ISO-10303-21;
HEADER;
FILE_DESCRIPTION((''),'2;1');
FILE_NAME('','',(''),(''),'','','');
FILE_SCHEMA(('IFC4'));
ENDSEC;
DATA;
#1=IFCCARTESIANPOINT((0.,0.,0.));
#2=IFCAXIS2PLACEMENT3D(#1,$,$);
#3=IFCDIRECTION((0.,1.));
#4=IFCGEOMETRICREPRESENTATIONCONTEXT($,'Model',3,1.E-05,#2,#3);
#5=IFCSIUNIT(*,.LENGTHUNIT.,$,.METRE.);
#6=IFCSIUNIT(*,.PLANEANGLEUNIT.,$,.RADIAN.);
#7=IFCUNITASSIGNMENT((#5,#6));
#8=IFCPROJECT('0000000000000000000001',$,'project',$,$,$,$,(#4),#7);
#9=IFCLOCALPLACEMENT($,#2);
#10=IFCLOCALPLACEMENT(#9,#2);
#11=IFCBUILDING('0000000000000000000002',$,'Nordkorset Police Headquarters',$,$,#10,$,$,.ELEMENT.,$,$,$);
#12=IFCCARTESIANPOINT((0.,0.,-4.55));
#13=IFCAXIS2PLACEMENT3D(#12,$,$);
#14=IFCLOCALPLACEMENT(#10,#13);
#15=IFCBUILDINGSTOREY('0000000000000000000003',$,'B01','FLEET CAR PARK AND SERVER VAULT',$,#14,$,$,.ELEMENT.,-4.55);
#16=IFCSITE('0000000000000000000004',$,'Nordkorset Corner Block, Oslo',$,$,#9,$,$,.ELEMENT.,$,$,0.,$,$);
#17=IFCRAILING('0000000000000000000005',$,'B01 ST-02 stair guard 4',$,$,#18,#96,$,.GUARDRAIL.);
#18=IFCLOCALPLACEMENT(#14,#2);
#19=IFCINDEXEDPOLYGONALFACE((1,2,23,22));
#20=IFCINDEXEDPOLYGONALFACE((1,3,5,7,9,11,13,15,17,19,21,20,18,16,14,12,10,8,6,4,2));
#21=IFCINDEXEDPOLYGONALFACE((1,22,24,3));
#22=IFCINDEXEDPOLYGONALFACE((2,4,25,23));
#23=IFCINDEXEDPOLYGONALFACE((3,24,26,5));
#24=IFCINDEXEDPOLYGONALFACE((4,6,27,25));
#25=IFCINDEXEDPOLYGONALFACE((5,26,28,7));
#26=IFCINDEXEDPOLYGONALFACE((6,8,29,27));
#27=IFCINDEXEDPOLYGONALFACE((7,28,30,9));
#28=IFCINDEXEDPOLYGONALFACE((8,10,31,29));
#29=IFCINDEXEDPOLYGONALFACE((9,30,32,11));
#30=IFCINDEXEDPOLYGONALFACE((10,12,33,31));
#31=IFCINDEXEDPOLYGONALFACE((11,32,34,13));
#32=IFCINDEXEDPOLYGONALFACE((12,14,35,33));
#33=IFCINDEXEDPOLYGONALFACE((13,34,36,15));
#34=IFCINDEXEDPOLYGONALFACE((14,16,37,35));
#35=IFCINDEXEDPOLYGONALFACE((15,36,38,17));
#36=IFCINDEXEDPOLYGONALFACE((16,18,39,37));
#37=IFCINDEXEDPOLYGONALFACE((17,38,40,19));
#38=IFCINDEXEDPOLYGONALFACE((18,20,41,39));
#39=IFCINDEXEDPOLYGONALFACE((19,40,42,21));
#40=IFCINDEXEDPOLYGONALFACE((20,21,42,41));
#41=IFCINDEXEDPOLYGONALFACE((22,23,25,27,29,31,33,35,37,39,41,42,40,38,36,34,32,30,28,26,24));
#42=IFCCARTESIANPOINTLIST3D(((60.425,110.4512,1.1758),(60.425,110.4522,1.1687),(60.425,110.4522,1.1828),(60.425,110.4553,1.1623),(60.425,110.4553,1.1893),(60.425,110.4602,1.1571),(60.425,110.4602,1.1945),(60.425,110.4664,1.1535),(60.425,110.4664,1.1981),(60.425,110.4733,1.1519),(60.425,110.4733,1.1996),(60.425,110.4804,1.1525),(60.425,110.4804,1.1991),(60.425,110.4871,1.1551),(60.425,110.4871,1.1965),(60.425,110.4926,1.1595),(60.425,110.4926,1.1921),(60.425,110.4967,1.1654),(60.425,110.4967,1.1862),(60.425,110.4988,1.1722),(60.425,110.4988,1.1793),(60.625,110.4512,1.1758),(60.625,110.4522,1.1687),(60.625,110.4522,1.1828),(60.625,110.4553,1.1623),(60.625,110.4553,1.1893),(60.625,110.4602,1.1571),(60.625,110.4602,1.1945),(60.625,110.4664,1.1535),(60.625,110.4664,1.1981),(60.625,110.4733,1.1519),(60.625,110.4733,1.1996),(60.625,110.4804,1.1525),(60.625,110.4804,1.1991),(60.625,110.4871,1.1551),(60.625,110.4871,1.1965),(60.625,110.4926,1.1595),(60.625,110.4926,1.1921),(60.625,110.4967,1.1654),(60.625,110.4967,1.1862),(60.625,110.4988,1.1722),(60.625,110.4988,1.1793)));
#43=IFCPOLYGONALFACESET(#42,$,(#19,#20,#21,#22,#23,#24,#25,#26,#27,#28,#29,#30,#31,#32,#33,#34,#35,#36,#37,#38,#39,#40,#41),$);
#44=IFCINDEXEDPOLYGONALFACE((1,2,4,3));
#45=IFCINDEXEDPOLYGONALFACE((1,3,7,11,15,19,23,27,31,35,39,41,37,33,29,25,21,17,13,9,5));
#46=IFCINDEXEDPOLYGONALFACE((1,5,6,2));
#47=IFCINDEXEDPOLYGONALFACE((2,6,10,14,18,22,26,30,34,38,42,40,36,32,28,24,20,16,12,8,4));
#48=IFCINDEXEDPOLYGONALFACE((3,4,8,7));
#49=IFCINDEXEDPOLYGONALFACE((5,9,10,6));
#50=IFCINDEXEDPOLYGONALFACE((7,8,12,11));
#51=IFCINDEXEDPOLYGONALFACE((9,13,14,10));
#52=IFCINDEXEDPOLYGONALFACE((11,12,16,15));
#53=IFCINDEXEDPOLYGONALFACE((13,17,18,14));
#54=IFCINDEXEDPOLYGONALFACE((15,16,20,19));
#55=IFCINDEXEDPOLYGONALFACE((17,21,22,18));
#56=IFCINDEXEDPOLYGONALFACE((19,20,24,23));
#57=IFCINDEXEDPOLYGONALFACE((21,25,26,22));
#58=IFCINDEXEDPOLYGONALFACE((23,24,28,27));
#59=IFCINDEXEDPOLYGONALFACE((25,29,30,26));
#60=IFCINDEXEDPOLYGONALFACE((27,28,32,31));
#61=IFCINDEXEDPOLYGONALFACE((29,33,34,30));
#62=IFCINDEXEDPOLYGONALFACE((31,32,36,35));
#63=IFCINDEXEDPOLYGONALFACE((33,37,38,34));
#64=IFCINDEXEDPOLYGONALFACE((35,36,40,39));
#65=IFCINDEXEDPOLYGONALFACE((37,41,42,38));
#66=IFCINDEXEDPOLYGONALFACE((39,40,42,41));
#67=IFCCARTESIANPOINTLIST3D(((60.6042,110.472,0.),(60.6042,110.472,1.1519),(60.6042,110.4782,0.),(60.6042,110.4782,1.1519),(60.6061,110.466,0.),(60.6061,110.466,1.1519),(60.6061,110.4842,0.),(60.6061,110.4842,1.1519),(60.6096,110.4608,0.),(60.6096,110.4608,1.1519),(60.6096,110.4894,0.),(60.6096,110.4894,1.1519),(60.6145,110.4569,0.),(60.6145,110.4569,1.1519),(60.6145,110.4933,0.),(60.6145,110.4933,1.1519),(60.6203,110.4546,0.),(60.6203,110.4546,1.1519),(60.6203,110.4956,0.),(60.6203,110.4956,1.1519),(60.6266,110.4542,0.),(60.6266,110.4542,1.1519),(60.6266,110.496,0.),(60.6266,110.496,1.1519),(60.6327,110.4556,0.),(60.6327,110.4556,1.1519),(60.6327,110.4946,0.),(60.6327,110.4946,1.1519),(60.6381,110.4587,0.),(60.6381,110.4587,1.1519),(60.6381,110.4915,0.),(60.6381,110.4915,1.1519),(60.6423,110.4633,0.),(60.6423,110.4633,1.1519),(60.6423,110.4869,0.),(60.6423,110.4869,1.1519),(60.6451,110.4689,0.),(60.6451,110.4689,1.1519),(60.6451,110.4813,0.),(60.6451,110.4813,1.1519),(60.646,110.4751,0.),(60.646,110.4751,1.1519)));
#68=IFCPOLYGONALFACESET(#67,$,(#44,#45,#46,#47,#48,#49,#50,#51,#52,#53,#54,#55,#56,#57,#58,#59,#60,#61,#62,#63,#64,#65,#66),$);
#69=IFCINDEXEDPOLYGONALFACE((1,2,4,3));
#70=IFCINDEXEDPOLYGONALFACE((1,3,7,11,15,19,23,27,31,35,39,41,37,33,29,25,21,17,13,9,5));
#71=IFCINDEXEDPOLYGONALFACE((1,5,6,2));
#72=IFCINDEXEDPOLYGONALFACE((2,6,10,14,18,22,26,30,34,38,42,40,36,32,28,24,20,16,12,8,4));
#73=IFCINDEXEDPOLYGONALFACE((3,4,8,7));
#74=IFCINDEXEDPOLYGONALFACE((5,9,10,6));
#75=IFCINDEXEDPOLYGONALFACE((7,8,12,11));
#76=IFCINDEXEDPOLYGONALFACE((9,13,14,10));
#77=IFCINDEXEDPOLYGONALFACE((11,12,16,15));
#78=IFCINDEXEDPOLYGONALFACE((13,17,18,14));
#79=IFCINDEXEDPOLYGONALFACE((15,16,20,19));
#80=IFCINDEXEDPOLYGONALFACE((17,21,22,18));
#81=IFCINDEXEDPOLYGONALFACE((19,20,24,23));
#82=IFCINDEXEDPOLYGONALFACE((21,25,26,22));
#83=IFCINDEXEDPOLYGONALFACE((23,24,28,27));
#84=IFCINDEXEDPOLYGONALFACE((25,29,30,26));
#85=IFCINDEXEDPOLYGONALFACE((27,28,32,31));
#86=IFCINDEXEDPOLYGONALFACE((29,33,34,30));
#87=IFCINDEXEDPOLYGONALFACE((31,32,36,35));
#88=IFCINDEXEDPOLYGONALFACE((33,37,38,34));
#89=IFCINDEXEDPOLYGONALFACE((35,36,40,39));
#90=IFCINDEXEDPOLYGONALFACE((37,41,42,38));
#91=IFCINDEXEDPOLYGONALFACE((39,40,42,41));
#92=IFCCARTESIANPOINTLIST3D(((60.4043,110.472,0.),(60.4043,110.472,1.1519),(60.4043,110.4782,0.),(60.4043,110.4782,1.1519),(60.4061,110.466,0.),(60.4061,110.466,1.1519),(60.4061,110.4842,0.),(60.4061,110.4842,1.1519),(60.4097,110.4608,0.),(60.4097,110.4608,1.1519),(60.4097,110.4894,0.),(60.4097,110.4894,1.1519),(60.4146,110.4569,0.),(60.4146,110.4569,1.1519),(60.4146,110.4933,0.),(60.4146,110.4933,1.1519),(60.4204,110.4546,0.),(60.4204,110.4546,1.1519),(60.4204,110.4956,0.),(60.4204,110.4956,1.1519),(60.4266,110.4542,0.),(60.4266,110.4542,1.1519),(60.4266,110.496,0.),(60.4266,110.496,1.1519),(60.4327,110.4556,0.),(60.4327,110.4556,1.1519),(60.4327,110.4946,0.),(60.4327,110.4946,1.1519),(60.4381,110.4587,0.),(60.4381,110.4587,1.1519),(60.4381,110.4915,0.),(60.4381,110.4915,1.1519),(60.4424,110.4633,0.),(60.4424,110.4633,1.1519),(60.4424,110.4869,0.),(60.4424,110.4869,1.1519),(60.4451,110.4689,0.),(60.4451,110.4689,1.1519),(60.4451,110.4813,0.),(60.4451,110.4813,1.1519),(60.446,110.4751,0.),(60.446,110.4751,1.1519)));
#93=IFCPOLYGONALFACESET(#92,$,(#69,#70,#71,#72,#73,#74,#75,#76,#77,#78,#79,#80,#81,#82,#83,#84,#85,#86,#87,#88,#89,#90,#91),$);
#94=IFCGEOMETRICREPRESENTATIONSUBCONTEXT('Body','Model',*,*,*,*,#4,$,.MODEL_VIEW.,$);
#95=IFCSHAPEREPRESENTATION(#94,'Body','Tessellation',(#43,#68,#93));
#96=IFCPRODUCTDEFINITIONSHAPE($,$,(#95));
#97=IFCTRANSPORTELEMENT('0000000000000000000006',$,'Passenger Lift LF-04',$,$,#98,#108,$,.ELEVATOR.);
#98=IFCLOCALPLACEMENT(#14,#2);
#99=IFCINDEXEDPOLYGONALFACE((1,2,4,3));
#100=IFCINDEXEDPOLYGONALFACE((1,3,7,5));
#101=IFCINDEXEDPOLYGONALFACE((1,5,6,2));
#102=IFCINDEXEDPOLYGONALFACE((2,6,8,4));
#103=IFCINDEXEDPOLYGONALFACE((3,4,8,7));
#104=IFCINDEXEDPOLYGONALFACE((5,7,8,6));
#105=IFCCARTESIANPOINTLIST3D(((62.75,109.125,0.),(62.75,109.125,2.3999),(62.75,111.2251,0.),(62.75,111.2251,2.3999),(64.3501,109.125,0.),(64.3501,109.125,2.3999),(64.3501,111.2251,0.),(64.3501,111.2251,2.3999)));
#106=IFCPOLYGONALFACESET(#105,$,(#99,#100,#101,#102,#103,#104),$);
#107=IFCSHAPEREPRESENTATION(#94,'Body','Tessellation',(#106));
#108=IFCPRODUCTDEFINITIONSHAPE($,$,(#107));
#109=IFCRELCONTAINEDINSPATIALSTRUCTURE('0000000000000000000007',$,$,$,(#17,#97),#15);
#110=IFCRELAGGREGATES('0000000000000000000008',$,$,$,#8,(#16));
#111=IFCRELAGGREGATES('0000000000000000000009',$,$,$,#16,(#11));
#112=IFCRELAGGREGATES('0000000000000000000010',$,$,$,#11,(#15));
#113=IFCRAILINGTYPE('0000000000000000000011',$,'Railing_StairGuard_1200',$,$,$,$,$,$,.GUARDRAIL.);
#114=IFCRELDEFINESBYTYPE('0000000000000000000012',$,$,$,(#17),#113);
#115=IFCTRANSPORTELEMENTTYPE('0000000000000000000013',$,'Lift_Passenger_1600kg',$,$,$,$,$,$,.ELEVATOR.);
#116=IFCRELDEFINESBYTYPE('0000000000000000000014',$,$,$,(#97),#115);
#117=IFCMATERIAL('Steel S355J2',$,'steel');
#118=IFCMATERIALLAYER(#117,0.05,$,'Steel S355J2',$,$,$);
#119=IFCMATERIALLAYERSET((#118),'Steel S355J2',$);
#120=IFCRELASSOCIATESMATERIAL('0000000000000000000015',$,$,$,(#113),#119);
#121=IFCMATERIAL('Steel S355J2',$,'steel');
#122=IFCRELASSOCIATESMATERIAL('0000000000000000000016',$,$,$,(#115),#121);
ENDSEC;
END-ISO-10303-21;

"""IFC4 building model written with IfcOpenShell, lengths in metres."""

from ifc_helpers import new_model, si_unit, direction, frame, origin, origin_2d, place, context, subcontext, project, spatial, rectangle, circle, extrude, material, layer, layer_set, type_object, element, save


model = new_model("IFC4")

# Units and contexts
model_context = context("Model", 3, precision=1e-05, world=origin(), true_north=direction((0.0, 1.0)))
body_context = subcontext(model_context, "Body", "Model", "MODEL_VIEW")
ifc_project = project(units=[si_unit("LENGTHUNIT", "METRE"), si_unit("PLANEANGLEUNIT", "RADIAN")], contexts=[model_context])

# Site, building, storey
site_placement = place(None, origin())
site = spatial("IfcSite", under=ifc_project, at=site_placement, Name="Nordkorset Corner Block, Oslo", CompositionType="ELEMENT", RefElevation=0.0)
building_placement = place(site_placement, origin())
building = spatial("IfcBuilding", under=site, at=building_placement, Name="Nordkorset Police Headquarters", CompositionType="ELEMENT")
storey_placement = place(building_placement, frame((0.0, 0.0, -4.55)))
storey = spatial("IfcBuildingStorey", under=building, at=storey_placement, Name="B01", Description="FLEET CAR PARK AND SERVER VAULT", CompositionType="ELEMENT", Elevation=-4.55)

# Railing
ifc_material_1 = material(Name="Steel S355J2", Category="steel")
ifc_layer_1 = layer(ifc_material_1, 0.05, Name="Steel S355J2")
ifc_layer_set_1 = layer_set([ifc_layer_1], Name="Steel S355J2")
railing_type_1 = type_object("IfcRailingType", Name="Railing_StairGuard_1200", PredefinedType="GUARDRAIL", material=ifc_layer_set_1)
railing_1_placement = place(storey_placement, frame((60.625, 110.4751, 0.0)))
element("IfcRailing", 1, at=railing_1_placement, inside=storey, type_object=railing_type_1, Name="B01 ST-02 stair guard 4", PredefinedType="GUARDRAIL", context=body_context, shape_type="SweptSolid", body=[
    extrude(circle(Radius=0.0239, at=origin_2d()), frame((0.0, 0.0, 1.1758), z_axis=(-1.0, 0.0, 0.0), x_axis=(0.0, -1.0, 0.0)), (0.0, 0.0, 1.0), 0.2),
    extrude(circle(Radius=0.021, at=origin_2d()), origin(), (0.0, 0.0, 1.0), 1.1519),
    extrude(circle(Radius=0.021, at=origin_2d()), frame((-0.2, 0.0, 0.0)), (0.0, 0.0, 1.0), 1.1519),
])

# Transport element
ifc_material_2 = material(Name="Steel S355J2", Category="steel")
transport_element_type = type_object("IfcTransportElementType", Name="Lift_Passenger_1600kg", PredefinedType="ELEVATOR", material=ifc_material_2)
transport_element_placement = place(storey_placement, frame((63.55, 110.175, 0.0), z_axis=(0.0, 0.0, 1.0), x_axis=(1.0, 0.0, 0.0)))
element("IfcTransportElement", 2, at=transport_element_placement, inside=storey, type_object=transport_element_type, Name="Passenger Lift LF-04", PredefinedType="ELEVATOR", context=body_context, shape_type="SweptSolid", body=[
    extrude(rectangle(XDim=1.6001, YDim=2.1001, at=origin_2d()), origin(), (0.0, 0.0, 1.0), 2.3999),
])

save(model, "model.ifc")
